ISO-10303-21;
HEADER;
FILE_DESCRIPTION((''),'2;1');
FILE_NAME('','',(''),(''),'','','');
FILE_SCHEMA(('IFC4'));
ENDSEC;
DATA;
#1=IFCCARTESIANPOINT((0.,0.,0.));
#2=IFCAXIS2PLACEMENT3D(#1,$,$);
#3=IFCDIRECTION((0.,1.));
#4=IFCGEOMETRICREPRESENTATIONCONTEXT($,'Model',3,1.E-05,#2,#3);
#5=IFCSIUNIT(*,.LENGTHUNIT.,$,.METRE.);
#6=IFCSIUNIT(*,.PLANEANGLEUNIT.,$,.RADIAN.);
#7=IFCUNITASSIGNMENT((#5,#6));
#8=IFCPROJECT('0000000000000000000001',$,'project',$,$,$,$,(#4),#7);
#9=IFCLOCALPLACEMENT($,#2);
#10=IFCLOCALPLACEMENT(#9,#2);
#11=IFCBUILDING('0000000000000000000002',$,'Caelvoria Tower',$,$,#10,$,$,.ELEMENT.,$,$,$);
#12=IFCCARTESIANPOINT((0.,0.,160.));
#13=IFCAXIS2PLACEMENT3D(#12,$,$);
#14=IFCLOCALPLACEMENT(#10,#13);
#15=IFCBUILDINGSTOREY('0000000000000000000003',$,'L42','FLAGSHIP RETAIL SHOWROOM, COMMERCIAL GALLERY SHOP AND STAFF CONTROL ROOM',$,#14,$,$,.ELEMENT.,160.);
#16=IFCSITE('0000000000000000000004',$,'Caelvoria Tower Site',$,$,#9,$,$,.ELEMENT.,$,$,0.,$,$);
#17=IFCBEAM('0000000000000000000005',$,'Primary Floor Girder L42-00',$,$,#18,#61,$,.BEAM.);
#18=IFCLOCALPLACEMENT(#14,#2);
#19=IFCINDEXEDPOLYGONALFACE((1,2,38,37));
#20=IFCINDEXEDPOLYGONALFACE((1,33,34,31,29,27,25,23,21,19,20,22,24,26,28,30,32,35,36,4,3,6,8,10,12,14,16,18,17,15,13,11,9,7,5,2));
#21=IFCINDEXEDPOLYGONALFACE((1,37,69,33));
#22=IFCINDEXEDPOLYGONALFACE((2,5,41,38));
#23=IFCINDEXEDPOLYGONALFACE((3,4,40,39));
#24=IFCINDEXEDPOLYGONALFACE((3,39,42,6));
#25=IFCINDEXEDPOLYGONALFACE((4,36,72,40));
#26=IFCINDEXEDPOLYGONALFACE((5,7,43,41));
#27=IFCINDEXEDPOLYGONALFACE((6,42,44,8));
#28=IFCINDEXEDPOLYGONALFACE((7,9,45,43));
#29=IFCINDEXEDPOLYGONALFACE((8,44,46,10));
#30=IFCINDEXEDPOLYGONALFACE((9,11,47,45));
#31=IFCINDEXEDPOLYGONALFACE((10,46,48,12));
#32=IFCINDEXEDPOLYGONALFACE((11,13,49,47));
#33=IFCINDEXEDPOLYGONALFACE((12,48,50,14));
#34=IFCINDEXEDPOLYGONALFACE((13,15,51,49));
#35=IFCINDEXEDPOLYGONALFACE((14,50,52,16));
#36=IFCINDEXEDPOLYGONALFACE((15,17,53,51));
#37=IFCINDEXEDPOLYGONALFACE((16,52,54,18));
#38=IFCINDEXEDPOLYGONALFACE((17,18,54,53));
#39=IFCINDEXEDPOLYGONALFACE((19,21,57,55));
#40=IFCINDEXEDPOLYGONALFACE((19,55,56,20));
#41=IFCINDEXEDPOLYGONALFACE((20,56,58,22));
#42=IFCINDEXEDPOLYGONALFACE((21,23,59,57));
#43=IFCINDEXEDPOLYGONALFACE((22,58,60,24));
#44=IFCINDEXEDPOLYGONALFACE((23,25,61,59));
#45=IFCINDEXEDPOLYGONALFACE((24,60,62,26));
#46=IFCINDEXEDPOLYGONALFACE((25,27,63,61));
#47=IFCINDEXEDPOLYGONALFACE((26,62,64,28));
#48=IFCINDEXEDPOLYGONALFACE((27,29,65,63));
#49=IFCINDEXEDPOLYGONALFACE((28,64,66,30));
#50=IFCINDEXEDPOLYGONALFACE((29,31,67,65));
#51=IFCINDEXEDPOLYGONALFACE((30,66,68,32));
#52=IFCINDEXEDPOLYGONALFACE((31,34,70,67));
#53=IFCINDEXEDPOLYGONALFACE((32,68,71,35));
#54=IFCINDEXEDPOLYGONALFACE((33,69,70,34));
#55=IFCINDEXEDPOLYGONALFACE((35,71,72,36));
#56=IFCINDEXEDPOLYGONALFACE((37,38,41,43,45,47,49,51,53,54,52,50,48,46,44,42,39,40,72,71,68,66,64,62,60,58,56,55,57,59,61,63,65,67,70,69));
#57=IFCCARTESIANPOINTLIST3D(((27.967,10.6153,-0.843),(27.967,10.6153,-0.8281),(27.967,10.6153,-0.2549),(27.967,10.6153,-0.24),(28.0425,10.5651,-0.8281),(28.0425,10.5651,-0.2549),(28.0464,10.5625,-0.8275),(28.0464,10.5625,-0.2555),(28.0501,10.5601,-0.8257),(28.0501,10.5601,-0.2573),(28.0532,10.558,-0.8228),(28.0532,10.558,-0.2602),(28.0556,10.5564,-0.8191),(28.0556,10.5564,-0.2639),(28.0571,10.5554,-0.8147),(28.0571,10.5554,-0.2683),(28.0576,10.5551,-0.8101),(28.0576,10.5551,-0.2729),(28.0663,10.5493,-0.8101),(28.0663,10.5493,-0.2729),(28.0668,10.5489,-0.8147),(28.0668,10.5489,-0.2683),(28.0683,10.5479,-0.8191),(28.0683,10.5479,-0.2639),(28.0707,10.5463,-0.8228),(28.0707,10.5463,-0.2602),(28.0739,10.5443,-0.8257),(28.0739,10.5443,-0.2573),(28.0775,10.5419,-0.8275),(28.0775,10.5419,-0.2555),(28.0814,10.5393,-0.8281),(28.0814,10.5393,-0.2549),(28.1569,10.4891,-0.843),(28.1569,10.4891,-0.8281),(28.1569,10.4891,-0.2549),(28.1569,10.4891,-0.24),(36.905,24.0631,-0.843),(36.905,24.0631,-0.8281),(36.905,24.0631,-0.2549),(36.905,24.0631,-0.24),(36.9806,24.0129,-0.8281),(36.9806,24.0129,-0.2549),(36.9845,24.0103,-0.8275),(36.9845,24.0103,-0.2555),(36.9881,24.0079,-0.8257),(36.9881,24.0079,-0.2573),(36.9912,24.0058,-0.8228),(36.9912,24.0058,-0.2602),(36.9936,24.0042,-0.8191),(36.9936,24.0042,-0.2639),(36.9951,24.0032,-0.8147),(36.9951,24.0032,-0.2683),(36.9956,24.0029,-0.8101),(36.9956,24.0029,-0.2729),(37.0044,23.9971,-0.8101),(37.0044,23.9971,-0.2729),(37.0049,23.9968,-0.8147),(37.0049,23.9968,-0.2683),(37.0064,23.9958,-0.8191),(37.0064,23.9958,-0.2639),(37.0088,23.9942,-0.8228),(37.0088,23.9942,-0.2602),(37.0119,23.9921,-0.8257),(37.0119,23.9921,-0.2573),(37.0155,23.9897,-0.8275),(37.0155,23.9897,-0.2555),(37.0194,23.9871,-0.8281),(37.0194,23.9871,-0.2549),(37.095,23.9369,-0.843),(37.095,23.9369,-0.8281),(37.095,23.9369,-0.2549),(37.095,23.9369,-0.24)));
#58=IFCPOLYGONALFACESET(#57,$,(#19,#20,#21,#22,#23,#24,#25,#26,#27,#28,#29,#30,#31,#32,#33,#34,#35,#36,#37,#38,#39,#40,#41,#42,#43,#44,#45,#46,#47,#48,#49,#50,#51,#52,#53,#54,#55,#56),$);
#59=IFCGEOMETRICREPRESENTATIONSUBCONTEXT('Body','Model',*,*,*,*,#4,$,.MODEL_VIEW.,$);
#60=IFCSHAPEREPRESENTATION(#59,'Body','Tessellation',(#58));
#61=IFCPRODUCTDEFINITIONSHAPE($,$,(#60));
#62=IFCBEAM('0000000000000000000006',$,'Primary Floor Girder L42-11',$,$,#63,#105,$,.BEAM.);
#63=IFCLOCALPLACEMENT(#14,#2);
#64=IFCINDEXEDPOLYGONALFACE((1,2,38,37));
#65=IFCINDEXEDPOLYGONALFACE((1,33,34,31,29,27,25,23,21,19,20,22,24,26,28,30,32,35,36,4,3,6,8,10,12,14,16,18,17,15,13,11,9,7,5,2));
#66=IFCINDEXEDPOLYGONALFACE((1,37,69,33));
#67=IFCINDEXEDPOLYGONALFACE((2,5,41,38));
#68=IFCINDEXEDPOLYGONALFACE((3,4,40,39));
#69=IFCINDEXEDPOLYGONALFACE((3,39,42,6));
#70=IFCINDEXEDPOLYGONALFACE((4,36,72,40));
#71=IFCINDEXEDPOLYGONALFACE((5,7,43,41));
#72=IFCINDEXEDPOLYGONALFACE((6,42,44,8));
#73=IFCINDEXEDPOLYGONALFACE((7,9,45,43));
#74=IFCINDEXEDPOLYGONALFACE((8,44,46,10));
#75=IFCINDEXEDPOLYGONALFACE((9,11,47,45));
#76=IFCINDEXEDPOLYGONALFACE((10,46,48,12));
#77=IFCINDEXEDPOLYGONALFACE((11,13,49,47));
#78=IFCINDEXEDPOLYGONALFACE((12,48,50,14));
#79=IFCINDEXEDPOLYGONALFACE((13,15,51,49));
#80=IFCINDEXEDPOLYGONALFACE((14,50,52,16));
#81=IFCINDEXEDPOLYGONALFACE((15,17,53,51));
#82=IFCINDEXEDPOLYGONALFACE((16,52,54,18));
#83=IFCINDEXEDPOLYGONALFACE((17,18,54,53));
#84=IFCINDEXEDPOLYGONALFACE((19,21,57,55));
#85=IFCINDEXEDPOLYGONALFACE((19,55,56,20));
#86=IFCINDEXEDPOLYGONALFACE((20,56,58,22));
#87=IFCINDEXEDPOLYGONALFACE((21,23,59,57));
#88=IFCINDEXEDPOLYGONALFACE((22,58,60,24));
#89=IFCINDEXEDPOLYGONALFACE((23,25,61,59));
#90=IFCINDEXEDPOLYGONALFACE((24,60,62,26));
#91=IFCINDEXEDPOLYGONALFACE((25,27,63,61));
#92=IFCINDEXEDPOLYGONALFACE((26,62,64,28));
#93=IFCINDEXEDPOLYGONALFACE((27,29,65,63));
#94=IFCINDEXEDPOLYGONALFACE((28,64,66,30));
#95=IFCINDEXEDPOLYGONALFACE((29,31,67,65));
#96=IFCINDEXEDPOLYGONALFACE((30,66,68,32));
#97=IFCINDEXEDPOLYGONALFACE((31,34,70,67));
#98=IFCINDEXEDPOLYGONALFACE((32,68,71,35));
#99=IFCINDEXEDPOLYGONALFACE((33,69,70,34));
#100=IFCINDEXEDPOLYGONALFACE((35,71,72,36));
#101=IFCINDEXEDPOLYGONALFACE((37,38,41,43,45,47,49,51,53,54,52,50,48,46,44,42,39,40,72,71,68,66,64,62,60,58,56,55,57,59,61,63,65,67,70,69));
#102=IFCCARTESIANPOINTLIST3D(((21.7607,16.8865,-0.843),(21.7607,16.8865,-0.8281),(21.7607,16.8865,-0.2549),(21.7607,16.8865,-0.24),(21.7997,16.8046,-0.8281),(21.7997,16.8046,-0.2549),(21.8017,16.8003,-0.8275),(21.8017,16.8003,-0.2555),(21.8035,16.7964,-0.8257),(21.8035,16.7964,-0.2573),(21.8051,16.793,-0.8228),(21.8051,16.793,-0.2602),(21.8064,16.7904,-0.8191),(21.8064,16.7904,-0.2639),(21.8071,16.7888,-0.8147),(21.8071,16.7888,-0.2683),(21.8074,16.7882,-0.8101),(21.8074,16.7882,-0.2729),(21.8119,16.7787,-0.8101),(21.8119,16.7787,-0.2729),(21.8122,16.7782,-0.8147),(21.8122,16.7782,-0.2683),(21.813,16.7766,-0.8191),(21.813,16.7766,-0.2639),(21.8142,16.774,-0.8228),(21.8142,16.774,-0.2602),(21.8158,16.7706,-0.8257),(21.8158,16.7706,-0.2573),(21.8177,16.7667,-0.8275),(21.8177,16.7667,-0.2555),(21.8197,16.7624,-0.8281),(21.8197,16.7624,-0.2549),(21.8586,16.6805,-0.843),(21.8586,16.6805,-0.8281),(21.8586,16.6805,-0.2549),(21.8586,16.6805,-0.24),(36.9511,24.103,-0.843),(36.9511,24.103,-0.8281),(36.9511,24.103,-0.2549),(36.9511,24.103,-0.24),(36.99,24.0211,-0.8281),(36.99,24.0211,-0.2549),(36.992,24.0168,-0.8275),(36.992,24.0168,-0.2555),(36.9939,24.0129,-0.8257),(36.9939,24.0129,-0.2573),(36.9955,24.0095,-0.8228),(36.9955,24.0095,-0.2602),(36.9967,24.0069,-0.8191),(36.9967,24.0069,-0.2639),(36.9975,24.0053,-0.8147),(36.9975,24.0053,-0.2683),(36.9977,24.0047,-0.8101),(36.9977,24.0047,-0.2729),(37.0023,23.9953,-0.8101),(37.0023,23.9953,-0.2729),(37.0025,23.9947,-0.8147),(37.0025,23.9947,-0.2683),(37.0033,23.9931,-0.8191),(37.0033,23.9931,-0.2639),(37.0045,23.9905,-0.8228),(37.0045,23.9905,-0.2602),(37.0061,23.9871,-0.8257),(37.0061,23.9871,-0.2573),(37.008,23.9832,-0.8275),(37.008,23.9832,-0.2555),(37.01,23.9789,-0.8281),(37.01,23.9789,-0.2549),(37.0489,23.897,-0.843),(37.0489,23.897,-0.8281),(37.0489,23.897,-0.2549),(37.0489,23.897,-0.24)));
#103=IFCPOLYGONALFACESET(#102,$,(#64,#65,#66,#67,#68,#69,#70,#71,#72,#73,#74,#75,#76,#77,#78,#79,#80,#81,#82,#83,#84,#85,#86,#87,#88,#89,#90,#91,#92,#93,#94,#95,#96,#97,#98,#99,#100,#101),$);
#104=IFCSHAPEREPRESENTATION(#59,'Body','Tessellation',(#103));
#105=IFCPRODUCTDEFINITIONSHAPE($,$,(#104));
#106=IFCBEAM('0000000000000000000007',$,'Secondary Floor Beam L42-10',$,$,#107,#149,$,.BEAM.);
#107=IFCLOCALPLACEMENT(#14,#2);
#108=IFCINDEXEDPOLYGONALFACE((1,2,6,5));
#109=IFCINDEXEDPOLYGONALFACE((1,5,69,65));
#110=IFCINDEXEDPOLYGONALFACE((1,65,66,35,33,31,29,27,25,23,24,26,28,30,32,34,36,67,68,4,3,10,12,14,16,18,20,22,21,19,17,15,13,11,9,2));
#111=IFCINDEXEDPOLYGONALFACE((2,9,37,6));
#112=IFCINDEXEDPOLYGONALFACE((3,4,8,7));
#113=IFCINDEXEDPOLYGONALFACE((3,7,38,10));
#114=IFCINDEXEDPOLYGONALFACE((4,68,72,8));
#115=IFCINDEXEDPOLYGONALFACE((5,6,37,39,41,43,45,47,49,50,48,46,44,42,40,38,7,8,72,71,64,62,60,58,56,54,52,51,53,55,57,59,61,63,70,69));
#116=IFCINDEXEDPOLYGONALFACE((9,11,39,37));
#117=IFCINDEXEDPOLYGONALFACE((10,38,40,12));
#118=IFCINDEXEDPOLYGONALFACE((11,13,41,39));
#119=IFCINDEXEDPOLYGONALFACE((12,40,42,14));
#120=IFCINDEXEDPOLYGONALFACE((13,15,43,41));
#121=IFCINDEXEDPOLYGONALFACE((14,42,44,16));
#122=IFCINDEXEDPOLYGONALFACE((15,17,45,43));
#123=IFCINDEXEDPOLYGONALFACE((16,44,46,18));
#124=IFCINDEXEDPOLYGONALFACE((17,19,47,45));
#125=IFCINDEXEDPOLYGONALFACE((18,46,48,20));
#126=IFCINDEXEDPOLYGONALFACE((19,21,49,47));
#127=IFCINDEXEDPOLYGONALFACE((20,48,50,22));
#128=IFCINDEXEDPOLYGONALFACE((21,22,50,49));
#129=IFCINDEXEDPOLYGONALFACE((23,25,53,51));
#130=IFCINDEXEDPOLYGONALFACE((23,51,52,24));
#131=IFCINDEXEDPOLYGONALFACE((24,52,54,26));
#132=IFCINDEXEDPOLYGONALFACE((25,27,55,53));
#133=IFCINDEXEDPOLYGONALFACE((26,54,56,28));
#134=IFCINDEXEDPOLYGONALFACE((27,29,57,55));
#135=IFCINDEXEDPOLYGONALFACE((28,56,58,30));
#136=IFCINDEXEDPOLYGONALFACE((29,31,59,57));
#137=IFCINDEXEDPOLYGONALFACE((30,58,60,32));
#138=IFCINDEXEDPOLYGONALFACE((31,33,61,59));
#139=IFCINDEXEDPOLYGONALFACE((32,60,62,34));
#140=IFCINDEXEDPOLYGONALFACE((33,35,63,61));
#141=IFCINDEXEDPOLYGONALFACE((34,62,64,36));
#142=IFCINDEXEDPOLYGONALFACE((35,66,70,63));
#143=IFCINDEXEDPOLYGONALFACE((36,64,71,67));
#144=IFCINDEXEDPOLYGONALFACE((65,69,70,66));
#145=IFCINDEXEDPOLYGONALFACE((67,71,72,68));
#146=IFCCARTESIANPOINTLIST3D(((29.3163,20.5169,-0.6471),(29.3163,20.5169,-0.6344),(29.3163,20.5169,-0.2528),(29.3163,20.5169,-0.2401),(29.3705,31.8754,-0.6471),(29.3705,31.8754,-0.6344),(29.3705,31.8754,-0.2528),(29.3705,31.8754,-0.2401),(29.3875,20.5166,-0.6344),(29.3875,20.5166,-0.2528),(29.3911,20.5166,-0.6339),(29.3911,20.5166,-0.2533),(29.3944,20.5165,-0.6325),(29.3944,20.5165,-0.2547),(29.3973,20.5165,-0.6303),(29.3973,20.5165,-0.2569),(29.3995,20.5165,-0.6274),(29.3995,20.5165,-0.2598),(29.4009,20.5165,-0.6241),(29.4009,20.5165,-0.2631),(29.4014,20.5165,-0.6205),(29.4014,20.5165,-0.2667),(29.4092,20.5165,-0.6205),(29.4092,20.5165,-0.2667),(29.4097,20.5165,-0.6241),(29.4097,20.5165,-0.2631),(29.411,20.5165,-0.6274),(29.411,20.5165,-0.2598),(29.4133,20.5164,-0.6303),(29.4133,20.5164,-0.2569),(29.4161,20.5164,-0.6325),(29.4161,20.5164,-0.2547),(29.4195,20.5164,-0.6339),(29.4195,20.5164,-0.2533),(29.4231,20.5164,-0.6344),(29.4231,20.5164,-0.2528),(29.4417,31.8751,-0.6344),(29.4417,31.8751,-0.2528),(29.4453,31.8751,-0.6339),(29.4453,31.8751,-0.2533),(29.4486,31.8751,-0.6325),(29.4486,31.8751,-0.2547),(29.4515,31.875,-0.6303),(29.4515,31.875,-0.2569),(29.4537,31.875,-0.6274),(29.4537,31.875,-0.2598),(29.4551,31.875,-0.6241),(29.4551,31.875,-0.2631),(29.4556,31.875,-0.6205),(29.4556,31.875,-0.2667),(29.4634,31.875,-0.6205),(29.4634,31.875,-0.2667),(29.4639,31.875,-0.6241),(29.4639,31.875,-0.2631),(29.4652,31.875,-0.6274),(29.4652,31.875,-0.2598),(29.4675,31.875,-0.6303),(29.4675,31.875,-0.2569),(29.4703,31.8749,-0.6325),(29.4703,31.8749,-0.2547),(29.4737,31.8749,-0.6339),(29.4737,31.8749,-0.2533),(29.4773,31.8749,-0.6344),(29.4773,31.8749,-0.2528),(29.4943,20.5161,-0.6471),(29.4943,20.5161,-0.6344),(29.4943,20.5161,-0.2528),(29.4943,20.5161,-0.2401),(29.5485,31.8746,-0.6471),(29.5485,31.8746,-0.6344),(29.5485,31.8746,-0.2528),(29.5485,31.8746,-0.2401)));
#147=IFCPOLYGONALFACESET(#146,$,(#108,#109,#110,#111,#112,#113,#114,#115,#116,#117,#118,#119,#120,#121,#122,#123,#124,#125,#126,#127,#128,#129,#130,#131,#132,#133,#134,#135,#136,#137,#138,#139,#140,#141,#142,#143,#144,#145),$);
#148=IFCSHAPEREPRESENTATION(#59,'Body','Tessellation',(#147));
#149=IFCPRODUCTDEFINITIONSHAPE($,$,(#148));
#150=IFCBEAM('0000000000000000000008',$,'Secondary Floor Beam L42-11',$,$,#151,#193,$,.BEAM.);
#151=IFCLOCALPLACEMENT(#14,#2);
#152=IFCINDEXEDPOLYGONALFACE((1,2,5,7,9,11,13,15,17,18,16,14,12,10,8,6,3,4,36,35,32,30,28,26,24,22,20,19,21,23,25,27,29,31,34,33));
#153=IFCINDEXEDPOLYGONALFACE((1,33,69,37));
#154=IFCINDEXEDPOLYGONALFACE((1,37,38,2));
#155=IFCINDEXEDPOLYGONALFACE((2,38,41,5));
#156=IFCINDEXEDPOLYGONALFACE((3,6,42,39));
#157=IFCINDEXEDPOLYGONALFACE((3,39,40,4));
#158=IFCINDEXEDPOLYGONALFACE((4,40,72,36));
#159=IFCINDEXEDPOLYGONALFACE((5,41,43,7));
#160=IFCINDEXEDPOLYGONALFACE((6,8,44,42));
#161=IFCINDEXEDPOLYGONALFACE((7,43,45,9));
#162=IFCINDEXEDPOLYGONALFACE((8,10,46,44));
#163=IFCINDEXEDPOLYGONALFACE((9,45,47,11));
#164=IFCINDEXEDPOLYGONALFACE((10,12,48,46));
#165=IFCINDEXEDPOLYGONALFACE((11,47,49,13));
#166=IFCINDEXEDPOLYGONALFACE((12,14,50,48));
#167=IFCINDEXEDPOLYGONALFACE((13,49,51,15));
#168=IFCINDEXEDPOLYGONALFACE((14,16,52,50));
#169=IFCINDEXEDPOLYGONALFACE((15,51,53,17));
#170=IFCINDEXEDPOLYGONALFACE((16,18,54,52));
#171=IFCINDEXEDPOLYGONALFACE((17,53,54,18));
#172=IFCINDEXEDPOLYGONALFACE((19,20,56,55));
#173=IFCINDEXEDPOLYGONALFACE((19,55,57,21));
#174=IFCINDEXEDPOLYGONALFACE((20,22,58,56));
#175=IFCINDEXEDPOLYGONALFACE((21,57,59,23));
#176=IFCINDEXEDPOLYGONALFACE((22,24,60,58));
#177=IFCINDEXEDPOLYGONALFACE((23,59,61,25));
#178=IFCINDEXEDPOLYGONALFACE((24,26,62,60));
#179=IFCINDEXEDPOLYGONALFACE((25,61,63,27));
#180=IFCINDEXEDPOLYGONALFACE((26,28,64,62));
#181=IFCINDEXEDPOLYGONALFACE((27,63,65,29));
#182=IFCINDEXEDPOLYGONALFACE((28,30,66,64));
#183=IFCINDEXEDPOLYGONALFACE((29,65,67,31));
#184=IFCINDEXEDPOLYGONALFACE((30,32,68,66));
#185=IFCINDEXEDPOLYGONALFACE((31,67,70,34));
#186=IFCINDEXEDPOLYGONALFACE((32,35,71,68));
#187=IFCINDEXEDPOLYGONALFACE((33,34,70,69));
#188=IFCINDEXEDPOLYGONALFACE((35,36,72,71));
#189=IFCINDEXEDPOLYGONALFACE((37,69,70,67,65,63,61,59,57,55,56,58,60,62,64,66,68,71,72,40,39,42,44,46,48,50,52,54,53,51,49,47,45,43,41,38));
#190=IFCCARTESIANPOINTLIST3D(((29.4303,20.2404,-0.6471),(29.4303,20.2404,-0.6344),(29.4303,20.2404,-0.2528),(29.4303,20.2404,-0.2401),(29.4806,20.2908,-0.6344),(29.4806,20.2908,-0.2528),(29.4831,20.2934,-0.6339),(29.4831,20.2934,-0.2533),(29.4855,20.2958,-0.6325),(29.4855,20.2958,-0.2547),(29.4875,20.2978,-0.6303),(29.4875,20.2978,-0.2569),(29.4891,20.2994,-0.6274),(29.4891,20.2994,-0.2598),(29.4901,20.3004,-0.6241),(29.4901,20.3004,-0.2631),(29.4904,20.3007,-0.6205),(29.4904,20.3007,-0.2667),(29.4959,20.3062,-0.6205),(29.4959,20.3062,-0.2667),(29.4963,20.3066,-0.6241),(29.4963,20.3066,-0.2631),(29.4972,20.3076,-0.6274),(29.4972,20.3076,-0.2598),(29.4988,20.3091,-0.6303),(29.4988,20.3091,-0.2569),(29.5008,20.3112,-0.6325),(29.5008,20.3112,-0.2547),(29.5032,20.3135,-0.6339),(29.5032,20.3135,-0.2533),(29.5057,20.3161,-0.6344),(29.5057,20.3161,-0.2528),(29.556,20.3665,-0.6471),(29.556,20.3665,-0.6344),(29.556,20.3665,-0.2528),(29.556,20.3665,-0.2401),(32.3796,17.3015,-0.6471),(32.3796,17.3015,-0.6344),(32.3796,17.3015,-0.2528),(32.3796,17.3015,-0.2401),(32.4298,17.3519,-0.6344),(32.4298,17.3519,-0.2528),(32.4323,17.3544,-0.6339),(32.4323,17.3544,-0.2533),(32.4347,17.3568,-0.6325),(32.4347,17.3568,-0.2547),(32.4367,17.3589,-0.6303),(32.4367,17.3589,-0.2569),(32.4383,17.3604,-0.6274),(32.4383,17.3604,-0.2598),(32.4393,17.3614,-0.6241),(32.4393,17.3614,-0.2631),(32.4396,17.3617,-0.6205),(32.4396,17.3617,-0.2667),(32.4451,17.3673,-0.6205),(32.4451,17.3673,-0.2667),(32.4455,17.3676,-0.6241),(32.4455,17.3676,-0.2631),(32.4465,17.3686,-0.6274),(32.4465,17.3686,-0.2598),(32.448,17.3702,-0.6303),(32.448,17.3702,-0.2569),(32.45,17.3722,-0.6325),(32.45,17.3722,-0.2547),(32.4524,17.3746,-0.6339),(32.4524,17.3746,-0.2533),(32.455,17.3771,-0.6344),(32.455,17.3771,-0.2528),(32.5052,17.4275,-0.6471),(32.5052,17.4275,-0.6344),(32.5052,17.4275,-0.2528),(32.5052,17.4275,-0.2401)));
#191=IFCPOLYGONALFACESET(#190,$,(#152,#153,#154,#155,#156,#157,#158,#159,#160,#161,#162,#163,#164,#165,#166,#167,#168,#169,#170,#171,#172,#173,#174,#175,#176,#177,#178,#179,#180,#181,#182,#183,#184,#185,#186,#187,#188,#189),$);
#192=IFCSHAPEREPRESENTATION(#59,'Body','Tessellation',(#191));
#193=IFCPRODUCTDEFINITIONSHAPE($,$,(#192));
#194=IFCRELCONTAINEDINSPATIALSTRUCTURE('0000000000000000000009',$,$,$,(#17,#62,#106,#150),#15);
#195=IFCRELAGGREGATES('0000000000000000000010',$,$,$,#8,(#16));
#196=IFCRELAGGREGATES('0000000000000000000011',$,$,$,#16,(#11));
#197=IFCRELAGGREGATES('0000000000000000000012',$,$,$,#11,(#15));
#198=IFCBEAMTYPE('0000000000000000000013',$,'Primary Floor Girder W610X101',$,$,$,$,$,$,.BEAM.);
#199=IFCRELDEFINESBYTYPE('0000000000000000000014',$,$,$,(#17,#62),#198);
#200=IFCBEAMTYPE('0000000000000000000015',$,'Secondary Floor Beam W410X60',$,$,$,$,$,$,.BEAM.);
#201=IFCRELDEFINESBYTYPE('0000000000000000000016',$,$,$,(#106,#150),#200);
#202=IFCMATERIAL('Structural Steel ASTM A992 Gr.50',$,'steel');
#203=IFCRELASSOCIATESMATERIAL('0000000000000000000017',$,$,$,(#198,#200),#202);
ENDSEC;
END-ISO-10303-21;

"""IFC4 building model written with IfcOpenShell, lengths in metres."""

from ifc_helpers import new_model, si_unit, direction, frame, origin, origin_2d, place, context, subcontext, project, spatial, i_section, extrude, material, material_profile, profile_set, type_object, element, save


model = new_model("IFC4")

# Units and contexts
model_context = context("Model", 3, precision=1e-05, world=origin(), true_north=direction((0.0, 1.0)))
body_context = subcontext(model_context, "Body", "Model", "MODEL_VIEW")
ifc_project = project(units=[si_unit("LENGTHUNIT", "METRE"), si_unit("PLANEANGLEUNIT", "RADIAN")], contexts=[model_context])

# Site, building, storey
site_placement = place(None, origin())
site = spatial("IfcSite", under=ifc_project, at=site_placement, Name="Caelvoria Tower Site", CompositionType="ELEMENT", RefElevation=0.0)
building_placement = place(site_placement, origin())
building = spatial("IfcBuilding", under=site, at=building_placement, Name="Caelvoria Tower", CompositionType="ELEMENT")
storey_placement = place(building_placement, frame((0.0, 0.0, 160.0)))
storey = spatial("IfcBuildingStorey", under=building, at=storey_placement, Name="L42", Description="FLAGSHIP RETAIL SHOWROOM, COMMERCIAL GALLERY SHOP AND STAFF CONTROL ROOM", CompositionType="ELEMENT", Elevation=160.0)

# Beams
ifc_material_1 = material(Name="Structural Steel ASTM A992 Gr.50", Category="steel")
ifc_material_profile_1 = material_profile(ifc_material_1, i_section(OverallWidth=0.228, OverallDepth=0.603, WebThickness=0.0105, FlangeThickness=0.0149, FilletRadius=0.0181, at=origin_2d()), Name="Structural Steel ASTM A992 Gr.50")
ifc_profile_set_1 = profile_set([ifc_material_profile_1], Name="W610X101 - Structural Steel ASTM A992 Gr.50")
beam_type_1 = type_object("IfcBeamType", Name="Primary Floor Girder W610X101", PredefinedType="BEAM", material=ifc_profile_set_1)
beam_1_placement = place(storey_placement, frame((37.0, 24.0, -0.5415), z_axis=(-0.553534, -0.832826, 0.0), x_axis=(0.832826, -0.553534, 0.0)))
element("IfcBeam", 1, at=beam_1_placement, inside=storey, type_object=beam_type_1, Name="Primary Floor Girder L42-00", PredefinedType="BEAM", context=body_context, shape_type="SweptSolid", body=[
    extrude(i_section(OverallWidth=0.228, OverallDepth=0.603, WebThickness=0.0105, FlangeThickness=0.0149, FilletRadius=0.0181, at=origin_2d()), origin(), (0.0, 0.0, 1.0), 16.1472),
])
beam_2_placement = place(storey_placement, frame((37.0, 24.0, -0.5415), z_axis=(-0.903252, -0.42911, 0.0), x_axis=(0.42911, -0.903252, 0.0)))
element("IfcBeam", 2, at=beam_2_placement, inside=storey, type_object=beam_type_1, Name="Primary Floor Girder L42-11", PredefinedType="BEAM", context=body_context, shape_type="SweptSolid", body=[
    extrude(i_section(OverallWidth=0.228, OverallDepth=0.603, WebThickness=0.0105, FlangeThickness=0.0149, FilletRadius=0.0181, at=origin_2d()), origin(), (0.0, 0.0, 1.0), 16.8174),
])
ifc_material_profile_2 = material_profile(ifc_material_1, i_section(OverallWidth=0.178, OverallDepth=0.407, WebThickness=0.0078, FlangeThickness=0.0127, FilletRadius=0.0139, at=origin_2d()), Name="Structural Steel ASTM A992 Gr.50")
ifc_profile_set_2 = profile_set([ifc_material_profile_2], Name="W410X60 - Structural Steel ASTM A992 Gr.50")
beam_type_2 = type_object("IfcBeamType", Name="Secondary Floor Beam W410X60", PredefinedType="BEAM", material=ifc_profile_set_2)
beam_3_placement = place(storey_placement, frame((29.4595, 31.875, -0.4436), z_axis=(-0.004772, -0.999989, 0.0), x_axis=(0.999989, -0.004772, 0.0)))
element("IfcBeam", 3, at=beam_3_placement, inside=storey, type_object=beam_type_2, Name="Secondary Floor Beam L42-10", PredefinedType="BEAM", context=body_context, shape_type="SweptSolid", body=[
    extrude(i_section(OverallWidth=0.178, OverallDepth=0.407, WebThickness=0.0078, FlangeThickness=0.0127, FilletRadius=0.0139, at=origin_2d()), origin(), (0.0, 0.0, 1.0), 11.3586),
])
beam_4_placement = place(storey_placement, frame((29.4932, 20.3035, -0.4436), z_axis=(0.708337, -0.705874, 0.0), x_axis=(0.705874, 0.708337, 0.0)))
element("IfcBeam", 4, at=beam_4_placement, inside=storey, type_object=beam_type_2, Name="Secondary Floor Beam L42-11", PredefinedType="BEAM", context=body_context, shape_type="SweptSolid", body=[
    extrude(i_section(OverallWidth=0.178, OverallDepth=0.407, WebThickness=0.0078, FlangeThickness=0.0127, FilletRadius=0.0139, at=origin_2d()), origin(), (0.0, 0.0, 1.0), 4.1636),
])

save(model, "model.ifc")
